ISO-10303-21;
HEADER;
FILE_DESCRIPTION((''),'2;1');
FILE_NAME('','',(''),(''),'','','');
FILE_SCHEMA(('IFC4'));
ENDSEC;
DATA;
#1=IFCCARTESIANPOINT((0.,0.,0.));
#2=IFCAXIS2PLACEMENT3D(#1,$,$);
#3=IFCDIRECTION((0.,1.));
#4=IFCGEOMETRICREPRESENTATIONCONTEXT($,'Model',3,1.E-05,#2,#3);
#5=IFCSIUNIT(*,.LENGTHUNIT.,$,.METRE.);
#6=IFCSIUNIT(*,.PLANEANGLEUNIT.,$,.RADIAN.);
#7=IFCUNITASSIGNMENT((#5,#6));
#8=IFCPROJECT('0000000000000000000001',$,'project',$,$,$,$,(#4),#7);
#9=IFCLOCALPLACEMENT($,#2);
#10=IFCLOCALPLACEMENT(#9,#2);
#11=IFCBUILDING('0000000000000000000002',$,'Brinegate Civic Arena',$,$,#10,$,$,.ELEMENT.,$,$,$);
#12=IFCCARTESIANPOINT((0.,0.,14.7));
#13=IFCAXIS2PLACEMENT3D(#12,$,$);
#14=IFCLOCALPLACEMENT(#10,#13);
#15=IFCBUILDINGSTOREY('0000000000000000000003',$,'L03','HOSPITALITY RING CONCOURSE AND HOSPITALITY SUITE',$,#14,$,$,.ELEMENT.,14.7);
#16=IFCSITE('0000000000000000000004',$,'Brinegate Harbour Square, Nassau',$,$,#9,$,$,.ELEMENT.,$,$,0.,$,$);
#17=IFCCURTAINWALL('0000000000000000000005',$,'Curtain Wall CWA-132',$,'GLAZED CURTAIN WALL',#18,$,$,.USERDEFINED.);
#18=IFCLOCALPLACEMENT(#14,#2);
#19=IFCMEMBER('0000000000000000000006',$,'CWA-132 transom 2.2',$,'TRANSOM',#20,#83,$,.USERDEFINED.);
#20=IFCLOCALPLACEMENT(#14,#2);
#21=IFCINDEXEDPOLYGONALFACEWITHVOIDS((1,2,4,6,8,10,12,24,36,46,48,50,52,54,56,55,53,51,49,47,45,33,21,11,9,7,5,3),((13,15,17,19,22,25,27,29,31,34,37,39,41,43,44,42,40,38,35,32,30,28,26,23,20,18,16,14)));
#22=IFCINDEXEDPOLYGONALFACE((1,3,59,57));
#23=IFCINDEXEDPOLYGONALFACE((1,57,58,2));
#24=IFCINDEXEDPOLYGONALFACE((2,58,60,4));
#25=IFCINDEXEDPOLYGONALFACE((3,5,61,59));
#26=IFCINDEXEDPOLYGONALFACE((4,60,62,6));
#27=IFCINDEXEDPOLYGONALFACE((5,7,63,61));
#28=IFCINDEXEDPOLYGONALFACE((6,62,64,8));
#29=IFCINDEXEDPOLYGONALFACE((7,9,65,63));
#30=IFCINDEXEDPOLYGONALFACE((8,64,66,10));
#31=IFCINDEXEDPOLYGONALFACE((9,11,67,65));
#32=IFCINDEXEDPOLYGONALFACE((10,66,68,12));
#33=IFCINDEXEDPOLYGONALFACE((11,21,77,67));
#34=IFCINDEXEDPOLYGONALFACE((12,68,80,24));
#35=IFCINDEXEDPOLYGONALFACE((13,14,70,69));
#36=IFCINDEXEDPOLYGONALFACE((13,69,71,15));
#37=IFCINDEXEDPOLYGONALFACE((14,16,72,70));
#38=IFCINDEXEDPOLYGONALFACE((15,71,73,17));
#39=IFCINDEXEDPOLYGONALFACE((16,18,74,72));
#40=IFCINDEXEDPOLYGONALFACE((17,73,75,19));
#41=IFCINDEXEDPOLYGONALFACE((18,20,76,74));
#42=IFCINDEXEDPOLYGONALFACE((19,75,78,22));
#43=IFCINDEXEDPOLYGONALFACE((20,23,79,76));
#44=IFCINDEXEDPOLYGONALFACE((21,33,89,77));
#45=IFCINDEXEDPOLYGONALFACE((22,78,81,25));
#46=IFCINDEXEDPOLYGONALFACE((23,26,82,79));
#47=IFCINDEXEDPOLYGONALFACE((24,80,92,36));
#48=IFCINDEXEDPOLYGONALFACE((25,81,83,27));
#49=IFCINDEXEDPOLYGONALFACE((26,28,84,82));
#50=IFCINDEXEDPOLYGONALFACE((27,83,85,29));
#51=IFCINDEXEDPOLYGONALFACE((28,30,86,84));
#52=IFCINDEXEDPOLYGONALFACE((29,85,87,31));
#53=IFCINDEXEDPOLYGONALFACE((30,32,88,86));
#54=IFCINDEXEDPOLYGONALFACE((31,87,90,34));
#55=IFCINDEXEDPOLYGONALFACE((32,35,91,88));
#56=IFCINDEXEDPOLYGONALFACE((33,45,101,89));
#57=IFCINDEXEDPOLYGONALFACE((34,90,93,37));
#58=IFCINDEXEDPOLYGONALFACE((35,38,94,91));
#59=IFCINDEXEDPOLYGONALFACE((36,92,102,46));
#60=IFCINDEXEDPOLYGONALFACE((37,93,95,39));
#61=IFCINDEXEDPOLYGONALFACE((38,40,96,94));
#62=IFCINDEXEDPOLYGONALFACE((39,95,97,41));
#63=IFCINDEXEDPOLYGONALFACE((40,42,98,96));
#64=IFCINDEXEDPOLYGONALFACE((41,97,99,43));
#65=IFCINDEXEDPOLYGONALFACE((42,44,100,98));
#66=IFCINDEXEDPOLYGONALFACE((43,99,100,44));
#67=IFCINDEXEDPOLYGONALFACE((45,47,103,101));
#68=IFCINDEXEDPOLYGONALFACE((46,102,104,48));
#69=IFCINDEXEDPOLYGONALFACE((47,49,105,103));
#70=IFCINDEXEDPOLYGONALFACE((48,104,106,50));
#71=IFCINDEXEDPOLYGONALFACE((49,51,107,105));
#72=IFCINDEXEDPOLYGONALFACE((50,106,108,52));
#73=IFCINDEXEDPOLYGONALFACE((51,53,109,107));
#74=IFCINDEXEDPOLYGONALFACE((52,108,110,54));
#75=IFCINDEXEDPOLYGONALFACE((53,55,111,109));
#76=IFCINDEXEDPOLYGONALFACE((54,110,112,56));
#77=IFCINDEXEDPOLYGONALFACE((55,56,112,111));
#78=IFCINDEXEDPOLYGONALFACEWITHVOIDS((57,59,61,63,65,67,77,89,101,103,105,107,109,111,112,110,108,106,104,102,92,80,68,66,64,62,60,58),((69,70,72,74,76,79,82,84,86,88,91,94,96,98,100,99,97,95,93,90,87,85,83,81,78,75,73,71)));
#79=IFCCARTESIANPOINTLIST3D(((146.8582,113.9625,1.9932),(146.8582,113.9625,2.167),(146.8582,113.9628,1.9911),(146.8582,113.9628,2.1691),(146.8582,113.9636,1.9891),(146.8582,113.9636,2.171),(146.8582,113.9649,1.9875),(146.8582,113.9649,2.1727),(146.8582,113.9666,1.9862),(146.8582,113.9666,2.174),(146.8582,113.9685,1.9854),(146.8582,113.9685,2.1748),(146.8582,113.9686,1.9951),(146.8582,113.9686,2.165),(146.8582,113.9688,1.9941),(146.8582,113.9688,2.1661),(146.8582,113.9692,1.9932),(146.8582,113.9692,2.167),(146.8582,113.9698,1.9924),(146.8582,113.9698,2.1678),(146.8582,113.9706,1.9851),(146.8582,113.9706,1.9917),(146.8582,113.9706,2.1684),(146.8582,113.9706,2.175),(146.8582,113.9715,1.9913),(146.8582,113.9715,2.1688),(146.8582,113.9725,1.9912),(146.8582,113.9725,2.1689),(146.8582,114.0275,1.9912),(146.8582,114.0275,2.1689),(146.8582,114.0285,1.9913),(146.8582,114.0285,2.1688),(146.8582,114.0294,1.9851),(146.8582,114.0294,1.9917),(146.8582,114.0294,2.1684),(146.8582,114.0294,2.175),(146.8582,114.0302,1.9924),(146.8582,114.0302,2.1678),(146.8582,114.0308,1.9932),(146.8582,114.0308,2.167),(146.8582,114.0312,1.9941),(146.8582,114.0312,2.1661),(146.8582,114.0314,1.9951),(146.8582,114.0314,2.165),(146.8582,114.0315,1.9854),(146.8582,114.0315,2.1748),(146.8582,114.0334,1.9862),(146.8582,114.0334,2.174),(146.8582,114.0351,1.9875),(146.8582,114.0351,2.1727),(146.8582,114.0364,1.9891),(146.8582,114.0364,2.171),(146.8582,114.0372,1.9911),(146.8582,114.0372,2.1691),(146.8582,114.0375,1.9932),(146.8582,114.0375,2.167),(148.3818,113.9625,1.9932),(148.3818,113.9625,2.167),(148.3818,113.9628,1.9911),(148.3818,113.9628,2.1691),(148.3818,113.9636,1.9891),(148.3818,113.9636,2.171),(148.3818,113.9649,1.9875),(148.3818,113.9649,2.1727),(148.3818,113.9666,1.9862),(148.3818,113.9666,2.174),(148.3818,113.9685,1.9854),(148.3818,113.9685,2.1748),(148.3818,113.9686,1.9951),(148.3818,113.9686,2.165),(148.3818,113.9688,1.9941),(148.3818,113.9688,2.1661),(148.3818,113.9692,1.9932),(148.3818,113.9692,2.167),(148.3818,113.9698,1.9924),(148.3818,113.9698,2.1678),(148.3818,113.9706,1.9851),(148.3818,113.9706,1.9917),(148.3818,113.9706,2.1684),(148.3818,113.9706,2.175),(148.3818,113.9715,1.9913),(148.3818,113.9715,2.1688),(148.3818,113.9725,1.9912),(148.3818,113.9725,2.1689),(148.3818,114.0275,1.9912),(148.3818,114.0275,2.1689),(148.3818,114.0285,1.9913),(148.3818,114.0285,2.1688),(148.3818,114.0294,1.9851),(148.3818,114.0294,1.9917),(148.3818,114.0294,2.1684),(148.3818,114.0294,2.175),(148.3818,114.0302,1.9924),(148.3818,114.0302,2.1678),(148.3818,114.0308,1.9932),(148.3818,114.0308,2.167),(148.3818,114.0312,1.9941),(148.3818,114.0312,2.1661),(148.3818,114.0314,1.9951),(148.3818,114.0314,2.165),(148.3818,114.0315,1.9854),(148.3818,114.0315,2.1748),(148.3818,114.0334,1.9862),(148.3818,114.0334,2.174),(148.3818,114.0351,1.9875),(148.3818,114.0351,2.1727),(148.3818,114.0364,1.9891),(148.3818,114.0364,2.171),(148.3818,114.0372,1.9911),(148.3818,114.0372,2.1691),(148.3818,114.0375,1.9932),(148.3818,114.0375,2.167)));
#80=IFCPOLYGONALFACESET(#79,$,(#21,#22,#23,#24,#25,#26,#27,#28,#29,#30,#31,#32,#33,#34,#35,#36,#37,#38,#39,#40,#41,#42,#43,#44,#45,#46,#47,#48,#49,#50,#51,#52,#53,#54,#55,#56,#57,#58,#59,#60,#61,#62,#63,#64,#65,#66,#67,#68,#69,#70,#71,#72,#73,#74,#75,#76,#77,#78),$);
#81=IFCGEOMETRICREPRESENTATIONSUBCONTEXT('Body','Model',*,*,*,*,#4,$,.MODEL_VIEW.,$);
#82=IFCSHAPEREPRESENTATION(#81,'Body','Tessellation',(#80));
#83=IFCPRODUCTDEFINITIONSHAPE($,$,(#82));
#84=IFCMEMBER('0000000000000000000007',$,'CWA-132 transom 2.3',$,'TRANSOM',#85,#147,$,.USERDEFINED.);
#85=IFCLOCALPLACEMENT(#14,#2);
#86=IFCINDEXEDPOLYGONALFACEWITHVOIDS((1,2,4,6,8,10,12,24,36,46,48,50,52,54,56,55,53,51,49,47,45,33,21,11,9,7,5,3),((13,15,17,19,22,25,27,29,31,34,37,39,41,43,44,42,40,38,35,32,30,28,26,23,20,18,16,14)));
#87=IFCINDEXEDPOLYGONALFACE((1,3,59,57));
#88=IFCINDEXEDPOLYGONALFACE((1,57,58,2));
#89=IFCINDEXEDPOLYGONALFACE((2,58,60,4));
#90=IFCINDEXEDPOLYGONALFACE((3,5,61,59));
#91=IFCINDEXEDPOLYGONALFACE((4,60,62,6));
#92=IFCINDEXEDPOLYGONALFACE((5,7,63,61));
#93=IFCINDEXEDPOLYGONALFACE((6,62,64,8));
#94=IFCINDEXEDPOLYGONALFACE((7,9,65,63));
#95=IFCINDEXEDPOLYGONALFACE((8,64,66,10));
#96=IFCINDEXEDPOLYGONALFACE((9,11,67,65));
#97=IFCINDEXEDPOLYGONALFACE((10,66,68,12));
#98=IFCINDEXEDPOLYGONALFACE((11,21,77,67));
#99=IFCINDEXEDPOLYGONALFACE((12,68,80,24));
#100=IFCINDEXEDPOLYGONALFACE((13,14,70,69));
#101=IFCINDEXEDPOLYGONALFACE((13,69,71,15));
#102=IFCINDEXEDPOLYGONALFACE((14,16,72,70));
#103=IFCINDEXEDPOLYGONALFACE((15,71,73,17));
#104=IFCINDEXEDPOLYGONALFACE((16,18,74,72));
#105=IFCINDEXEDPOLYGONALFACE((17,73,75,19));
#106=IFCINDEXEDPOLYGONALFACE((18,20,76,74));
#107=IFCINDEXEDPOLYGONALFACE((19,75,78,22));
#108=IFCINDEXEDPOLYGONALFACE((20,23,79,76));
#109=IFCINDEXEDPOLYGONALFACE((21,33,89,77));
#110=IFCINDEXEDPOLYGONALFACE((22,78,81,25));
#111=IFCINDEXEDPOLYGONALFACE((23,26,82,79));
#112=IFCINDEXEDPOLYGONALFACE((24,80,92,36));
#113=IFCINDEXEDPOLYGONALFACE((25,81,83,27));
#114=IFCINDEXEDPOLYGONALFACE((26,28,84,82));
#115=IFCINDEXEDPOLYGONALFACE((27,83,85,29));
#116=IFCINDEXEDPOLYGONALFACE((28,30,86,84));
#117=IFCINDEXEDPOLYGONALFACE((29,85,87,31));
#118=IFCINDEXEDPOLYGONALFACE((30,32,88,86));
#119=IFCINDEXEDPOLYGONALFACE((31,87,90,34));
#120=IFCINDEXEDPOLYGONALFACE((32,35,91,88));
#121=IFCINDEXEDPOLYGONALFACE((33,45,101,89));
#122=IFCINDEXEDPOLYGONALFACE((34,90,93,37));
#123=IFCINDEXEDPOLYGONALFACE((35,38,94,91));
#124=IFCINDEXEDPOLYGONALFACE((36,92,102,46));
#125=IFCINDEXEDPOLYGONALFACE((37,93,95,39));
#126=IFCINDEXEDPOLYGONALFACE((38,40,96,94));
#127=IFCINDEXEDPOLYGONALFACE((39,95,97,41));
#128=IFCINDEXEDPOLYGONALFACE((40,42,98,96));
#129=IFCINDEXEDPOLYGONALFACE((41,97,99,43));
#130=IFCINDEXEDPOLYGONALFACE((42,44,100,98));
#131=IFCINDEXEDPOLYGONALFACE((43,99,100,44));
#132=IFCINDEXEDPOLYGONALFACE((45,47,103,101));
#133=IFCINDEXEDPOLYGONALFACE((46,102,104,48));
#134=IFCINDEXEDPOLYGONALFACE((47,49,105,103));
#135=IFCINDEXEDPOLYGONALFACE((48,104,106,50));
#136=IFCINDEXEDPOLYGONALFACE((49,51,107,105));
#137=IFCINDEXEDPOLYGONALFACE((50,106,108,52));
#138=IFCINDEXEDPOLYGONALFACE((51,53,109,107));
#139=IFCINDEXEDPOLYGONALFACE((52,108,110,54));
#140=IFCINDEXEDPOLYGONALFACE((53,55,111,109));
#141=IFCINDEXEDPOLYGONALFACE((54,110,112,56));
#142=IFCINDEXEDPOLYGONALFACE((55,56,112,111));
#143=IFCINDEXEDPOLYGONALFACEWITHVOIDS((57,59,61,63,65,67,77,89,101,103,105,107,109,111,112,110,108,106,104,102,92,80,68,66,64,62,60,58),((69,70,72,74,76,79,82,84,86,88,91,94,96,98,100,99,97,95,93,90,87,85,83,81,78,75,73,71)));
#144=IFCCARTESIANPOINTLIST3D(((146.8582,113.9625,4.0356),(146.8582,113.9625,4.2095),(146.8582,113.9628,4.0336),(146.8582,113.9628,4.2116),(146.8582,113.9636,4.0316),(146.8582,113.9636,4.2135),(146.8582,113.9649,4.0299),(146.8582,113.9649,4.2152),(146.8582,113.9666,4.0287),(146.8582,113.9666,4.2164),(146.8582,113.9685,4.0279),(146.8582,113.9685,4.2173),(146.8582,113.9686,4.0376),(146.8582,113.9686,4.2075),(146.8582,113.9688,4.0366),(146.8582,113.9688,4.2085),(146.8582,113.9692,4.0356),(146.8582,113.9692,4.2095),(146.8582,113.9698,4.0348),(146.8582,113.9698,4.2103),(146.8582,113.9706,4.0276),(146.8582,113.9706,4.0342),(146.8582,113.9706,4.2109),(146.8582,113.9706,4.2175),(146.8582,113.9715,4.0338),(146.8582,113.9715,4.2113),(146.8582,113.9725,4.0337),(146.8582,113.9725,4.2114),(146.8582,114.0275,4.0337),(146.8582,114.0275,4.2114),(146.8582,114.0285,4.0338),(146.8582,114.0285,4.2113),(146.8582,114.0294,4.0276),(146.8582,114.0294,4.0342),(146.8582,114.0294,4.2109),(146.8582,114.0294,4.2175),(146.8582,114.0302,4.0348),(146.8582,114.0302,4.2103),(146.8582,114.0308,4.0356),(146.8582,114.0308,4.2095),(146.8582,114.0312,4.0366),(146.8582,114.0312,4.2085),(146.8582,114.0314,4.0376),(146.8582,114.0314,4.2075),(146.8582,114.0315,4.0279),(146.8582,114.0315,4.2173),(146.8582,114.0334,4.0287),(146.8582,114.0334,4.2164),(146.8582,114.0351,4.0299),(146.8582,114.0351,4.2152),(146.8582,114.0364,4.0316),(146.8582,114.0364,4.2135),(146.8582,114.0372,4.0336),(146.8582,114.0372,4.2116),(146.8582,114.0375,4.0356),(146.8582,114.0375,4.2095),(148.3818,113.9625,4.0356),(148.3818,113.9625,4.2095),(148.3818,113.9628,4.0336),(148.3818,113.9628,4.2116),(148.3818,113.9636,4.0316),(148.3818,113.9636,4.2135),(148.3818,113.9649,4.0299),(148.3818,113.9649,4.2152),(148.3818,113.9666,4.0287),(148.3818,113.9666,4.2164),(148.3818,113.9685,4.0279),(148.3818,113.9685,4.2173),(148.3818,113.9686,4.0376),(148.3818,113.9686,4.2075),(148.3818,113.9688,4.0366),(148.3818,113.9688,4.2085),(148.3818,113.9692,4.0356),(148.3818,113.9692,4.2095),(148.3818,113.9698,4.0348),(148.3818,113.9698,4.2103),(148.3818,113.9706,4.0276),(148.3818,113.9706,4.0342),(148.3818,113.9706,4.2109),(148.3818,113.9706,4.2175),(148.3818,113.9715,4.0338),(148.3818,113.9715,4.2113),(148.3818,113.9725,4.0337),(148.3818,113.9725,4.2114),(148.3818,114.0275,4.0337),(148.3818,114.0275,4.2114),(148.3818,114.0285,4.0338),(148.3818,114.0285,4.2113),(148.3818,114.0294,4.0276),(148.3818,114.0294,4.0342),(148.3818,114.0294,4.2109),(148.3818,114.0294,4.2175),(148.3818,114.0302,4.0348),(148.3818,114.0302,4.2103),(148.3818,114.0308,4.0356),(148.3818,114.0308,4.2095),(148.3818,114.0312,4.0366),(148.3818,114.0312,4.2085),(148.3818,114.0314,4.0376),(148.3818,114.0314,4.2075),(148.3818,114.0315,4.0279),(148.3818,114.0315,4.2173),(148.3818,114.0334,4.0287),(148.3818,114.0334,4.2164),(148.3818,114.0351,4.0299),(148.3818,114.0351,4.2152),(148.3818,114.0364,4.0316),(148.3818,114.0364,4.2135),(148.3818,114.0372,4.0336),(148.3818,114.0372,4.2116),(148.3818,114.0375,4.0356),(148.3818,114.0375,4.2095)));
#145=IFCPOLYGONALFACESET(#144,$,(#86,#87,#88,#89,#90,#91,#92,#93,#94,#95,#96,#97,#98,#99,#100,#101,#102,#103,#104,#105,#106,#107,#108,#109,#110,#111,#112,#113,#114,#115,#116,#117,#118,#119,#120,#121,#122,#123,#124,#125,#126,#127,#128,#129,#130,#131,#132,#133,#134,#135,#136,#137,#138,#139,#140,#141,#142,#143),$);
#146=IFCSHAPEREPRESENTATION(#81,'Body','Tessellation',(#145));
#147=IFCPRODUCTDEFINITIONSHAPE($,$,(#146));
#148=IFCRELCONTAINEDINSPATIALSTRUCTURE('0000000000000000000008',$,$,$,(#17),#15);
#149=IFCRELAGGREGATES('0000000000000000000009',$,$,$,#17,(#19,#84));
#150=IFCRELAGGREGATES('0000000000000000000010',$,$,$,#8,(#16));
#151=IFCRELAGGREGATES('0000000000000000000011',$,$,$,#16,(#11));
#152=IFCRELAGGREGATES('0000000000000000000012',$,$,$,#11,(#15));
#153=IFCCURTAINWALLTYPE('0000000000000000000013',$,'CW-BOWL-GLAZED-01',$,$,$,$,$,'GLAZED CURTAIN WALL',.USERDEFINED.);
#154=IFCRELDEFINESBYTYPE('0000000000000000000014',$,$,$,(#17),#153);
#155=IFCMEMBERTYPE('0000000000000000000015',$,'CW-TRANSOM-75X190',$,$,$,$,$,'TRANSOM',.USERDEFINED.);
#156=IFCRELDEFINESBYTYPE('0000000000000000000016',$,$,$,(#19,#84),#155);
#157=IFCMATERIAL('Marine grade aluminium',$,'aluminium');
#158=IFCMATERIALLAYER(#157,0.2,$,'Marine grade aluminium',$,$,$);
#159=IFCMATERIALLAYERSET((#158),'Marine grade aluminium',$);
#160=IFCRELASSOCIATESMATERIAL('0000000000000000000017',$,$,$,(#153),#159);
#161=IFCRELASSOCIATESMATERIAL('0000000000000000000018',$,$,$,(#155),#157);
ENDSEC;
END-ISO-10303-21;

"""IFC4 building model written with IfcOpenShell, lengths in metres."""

from ifc_helpers import new_model, si_unit, direction, frame, origin, origin_2d, place, context, subcontext, project, spatial, hollow_rectangle, extrude, material, layer, layer_set, material_profile, profile_set, type_object, element, aggregate, save


model = new_model("IFC4")

# Units and contexts
model_context = context("Model", 3, precision=1e-05, world=origin(), true_north=direction((0.0, 1.0)))
body_context = subcontext(model_context, "Body", "Model", "MODEL_VIEW")
ifc_project = project(units=[si_unit("LENGTHUNIT", "METRE"), si_unit("PLANEANGLEUNIT", "RADIAN")], contexts=[model_context])

# Site, building, storey
site_placement = place(None, origin())
site = spatial("IfcSite", under=ifc_project, at=site_placement, Name="Brinegate Harbour Square, Nassau", CompositionType="ELEMENT", RefElevation=0.0)
building_placement = place(site_placement, origin())
building = spatial("IfcBuilding", under=site, at=building_placement, Name="Brinegate Civic Arena", CompositionType="ELEMENT")
storey_placement = place(building_placement, frame((0.0, 0.0, 14.7)))
storey = spatial("IfcBuildingStorey", under=building, at=storey_placement, Name="L03", Description="HOSPITALITY RING CONCOURSE AND HOSPITALITY SUITE", CompositionType="ELEMENT", Elevation=14.7)

# Curtain wall
ifc_material_1 = material(Name="Marine grade aluminium", Category="aluminium")
ifc_layer_1 = layer(ifc_material_1, 0.2, Name="Marine grade aluminium")
ifc_layer_set_1 = layer_set([ifc_layer_1], Name="Marine grade aluminium")
curtain_wall_type_1 = type_object("IfcCurtainWallType", Name="CW-BOWL-GLAZED-01", ElementType="GLAZED CURTAIN WALL", PredefinedType="USERDEFINED", material=ifc_layer_set_1)
curtain_wall_1_placement = place(storey_placement, origin())
curtain_wall_1 = element("IfcCurtainWall", 1, at=curtain_wall_1_placement, inside=storey, type_object=curtain_wall_type_1, Name="Curtain Wall CWA-132", ObjectType="GLAZED CURTAIN WALL", PredefinedType="USERDEFINED")

# Members
ifc_material_profile_1 = material_profile(ifc_material_1, hollow_rectangle(XDim=0.075, YDim=0.1899, WallThickness=0.0061, InnerFilletRadius=0.0039, OuterFilletRadius=0.0081, at=origin_2d()), Name="TRN75X190")
ifc_profile_set_1 = profile_set([ifc_material_profile_1], Name="Marine grade aluminium")
member_type_1 = type_object("IfcMemberType", Name="CW-TRANSOM-75X190", ElementType="TRANSOM", PredefinedType="USERDEFINED", material=ifc_profile_set_1)
member_1_placement = place(storey_placement, frame((146.8582, 114.0, 2.0801), z_axis=(1.0, 0.0, 0.0), x_axis=(0.0, 1.0, 0.0)))
member_1 = element("IfcMember", 2, at=member_1_placement, type_object=member_type_1, Name="CWA-132 transom 2.2", ObjectType="TRANSOM", PredefinedType="USERDEFINED", context=body_context, shape_type="SweptSolid", body=[
    extrude(hollow_rectangle(XDim=0.075, YDim=0.1899, WallThickness=0.0061, InnerFilletRadius=0.0039, OuterFilletRadius=0.0081, at=origin_2d()), origin(), (0.0, 0.0, 1.0), 1.5237),
])
member_2_placement = place(storey_placement, frame((146.8582, 114.0, 4.1226), z_axis=(1.0, 0.0, 0.0), x_axis=(0.0, 1.0, 0.0)))
member_2 = element("IfcMember", 3, at=member_2_placement, type_object=member_type_1, Name="CWA-132 transom 2.3", ObjectType="TRANSOM", PredefinedType="USERDEFINED", context=body_context, shape_type="SweptSolid", body=[
    extrude(hollow_rectangle(XDim=0.075, YDim=0.1899, WallThickness=0.0061, InnerFilletRadius=0.0039, OuterFilletRadius=0.0081, at=origin_2d()), origin(), (0.0, 0.0, 1.0), 1.5237),
])

aggregate(curtain_wall_1, [member_1, member_2])

save(model, "model.ifc")
